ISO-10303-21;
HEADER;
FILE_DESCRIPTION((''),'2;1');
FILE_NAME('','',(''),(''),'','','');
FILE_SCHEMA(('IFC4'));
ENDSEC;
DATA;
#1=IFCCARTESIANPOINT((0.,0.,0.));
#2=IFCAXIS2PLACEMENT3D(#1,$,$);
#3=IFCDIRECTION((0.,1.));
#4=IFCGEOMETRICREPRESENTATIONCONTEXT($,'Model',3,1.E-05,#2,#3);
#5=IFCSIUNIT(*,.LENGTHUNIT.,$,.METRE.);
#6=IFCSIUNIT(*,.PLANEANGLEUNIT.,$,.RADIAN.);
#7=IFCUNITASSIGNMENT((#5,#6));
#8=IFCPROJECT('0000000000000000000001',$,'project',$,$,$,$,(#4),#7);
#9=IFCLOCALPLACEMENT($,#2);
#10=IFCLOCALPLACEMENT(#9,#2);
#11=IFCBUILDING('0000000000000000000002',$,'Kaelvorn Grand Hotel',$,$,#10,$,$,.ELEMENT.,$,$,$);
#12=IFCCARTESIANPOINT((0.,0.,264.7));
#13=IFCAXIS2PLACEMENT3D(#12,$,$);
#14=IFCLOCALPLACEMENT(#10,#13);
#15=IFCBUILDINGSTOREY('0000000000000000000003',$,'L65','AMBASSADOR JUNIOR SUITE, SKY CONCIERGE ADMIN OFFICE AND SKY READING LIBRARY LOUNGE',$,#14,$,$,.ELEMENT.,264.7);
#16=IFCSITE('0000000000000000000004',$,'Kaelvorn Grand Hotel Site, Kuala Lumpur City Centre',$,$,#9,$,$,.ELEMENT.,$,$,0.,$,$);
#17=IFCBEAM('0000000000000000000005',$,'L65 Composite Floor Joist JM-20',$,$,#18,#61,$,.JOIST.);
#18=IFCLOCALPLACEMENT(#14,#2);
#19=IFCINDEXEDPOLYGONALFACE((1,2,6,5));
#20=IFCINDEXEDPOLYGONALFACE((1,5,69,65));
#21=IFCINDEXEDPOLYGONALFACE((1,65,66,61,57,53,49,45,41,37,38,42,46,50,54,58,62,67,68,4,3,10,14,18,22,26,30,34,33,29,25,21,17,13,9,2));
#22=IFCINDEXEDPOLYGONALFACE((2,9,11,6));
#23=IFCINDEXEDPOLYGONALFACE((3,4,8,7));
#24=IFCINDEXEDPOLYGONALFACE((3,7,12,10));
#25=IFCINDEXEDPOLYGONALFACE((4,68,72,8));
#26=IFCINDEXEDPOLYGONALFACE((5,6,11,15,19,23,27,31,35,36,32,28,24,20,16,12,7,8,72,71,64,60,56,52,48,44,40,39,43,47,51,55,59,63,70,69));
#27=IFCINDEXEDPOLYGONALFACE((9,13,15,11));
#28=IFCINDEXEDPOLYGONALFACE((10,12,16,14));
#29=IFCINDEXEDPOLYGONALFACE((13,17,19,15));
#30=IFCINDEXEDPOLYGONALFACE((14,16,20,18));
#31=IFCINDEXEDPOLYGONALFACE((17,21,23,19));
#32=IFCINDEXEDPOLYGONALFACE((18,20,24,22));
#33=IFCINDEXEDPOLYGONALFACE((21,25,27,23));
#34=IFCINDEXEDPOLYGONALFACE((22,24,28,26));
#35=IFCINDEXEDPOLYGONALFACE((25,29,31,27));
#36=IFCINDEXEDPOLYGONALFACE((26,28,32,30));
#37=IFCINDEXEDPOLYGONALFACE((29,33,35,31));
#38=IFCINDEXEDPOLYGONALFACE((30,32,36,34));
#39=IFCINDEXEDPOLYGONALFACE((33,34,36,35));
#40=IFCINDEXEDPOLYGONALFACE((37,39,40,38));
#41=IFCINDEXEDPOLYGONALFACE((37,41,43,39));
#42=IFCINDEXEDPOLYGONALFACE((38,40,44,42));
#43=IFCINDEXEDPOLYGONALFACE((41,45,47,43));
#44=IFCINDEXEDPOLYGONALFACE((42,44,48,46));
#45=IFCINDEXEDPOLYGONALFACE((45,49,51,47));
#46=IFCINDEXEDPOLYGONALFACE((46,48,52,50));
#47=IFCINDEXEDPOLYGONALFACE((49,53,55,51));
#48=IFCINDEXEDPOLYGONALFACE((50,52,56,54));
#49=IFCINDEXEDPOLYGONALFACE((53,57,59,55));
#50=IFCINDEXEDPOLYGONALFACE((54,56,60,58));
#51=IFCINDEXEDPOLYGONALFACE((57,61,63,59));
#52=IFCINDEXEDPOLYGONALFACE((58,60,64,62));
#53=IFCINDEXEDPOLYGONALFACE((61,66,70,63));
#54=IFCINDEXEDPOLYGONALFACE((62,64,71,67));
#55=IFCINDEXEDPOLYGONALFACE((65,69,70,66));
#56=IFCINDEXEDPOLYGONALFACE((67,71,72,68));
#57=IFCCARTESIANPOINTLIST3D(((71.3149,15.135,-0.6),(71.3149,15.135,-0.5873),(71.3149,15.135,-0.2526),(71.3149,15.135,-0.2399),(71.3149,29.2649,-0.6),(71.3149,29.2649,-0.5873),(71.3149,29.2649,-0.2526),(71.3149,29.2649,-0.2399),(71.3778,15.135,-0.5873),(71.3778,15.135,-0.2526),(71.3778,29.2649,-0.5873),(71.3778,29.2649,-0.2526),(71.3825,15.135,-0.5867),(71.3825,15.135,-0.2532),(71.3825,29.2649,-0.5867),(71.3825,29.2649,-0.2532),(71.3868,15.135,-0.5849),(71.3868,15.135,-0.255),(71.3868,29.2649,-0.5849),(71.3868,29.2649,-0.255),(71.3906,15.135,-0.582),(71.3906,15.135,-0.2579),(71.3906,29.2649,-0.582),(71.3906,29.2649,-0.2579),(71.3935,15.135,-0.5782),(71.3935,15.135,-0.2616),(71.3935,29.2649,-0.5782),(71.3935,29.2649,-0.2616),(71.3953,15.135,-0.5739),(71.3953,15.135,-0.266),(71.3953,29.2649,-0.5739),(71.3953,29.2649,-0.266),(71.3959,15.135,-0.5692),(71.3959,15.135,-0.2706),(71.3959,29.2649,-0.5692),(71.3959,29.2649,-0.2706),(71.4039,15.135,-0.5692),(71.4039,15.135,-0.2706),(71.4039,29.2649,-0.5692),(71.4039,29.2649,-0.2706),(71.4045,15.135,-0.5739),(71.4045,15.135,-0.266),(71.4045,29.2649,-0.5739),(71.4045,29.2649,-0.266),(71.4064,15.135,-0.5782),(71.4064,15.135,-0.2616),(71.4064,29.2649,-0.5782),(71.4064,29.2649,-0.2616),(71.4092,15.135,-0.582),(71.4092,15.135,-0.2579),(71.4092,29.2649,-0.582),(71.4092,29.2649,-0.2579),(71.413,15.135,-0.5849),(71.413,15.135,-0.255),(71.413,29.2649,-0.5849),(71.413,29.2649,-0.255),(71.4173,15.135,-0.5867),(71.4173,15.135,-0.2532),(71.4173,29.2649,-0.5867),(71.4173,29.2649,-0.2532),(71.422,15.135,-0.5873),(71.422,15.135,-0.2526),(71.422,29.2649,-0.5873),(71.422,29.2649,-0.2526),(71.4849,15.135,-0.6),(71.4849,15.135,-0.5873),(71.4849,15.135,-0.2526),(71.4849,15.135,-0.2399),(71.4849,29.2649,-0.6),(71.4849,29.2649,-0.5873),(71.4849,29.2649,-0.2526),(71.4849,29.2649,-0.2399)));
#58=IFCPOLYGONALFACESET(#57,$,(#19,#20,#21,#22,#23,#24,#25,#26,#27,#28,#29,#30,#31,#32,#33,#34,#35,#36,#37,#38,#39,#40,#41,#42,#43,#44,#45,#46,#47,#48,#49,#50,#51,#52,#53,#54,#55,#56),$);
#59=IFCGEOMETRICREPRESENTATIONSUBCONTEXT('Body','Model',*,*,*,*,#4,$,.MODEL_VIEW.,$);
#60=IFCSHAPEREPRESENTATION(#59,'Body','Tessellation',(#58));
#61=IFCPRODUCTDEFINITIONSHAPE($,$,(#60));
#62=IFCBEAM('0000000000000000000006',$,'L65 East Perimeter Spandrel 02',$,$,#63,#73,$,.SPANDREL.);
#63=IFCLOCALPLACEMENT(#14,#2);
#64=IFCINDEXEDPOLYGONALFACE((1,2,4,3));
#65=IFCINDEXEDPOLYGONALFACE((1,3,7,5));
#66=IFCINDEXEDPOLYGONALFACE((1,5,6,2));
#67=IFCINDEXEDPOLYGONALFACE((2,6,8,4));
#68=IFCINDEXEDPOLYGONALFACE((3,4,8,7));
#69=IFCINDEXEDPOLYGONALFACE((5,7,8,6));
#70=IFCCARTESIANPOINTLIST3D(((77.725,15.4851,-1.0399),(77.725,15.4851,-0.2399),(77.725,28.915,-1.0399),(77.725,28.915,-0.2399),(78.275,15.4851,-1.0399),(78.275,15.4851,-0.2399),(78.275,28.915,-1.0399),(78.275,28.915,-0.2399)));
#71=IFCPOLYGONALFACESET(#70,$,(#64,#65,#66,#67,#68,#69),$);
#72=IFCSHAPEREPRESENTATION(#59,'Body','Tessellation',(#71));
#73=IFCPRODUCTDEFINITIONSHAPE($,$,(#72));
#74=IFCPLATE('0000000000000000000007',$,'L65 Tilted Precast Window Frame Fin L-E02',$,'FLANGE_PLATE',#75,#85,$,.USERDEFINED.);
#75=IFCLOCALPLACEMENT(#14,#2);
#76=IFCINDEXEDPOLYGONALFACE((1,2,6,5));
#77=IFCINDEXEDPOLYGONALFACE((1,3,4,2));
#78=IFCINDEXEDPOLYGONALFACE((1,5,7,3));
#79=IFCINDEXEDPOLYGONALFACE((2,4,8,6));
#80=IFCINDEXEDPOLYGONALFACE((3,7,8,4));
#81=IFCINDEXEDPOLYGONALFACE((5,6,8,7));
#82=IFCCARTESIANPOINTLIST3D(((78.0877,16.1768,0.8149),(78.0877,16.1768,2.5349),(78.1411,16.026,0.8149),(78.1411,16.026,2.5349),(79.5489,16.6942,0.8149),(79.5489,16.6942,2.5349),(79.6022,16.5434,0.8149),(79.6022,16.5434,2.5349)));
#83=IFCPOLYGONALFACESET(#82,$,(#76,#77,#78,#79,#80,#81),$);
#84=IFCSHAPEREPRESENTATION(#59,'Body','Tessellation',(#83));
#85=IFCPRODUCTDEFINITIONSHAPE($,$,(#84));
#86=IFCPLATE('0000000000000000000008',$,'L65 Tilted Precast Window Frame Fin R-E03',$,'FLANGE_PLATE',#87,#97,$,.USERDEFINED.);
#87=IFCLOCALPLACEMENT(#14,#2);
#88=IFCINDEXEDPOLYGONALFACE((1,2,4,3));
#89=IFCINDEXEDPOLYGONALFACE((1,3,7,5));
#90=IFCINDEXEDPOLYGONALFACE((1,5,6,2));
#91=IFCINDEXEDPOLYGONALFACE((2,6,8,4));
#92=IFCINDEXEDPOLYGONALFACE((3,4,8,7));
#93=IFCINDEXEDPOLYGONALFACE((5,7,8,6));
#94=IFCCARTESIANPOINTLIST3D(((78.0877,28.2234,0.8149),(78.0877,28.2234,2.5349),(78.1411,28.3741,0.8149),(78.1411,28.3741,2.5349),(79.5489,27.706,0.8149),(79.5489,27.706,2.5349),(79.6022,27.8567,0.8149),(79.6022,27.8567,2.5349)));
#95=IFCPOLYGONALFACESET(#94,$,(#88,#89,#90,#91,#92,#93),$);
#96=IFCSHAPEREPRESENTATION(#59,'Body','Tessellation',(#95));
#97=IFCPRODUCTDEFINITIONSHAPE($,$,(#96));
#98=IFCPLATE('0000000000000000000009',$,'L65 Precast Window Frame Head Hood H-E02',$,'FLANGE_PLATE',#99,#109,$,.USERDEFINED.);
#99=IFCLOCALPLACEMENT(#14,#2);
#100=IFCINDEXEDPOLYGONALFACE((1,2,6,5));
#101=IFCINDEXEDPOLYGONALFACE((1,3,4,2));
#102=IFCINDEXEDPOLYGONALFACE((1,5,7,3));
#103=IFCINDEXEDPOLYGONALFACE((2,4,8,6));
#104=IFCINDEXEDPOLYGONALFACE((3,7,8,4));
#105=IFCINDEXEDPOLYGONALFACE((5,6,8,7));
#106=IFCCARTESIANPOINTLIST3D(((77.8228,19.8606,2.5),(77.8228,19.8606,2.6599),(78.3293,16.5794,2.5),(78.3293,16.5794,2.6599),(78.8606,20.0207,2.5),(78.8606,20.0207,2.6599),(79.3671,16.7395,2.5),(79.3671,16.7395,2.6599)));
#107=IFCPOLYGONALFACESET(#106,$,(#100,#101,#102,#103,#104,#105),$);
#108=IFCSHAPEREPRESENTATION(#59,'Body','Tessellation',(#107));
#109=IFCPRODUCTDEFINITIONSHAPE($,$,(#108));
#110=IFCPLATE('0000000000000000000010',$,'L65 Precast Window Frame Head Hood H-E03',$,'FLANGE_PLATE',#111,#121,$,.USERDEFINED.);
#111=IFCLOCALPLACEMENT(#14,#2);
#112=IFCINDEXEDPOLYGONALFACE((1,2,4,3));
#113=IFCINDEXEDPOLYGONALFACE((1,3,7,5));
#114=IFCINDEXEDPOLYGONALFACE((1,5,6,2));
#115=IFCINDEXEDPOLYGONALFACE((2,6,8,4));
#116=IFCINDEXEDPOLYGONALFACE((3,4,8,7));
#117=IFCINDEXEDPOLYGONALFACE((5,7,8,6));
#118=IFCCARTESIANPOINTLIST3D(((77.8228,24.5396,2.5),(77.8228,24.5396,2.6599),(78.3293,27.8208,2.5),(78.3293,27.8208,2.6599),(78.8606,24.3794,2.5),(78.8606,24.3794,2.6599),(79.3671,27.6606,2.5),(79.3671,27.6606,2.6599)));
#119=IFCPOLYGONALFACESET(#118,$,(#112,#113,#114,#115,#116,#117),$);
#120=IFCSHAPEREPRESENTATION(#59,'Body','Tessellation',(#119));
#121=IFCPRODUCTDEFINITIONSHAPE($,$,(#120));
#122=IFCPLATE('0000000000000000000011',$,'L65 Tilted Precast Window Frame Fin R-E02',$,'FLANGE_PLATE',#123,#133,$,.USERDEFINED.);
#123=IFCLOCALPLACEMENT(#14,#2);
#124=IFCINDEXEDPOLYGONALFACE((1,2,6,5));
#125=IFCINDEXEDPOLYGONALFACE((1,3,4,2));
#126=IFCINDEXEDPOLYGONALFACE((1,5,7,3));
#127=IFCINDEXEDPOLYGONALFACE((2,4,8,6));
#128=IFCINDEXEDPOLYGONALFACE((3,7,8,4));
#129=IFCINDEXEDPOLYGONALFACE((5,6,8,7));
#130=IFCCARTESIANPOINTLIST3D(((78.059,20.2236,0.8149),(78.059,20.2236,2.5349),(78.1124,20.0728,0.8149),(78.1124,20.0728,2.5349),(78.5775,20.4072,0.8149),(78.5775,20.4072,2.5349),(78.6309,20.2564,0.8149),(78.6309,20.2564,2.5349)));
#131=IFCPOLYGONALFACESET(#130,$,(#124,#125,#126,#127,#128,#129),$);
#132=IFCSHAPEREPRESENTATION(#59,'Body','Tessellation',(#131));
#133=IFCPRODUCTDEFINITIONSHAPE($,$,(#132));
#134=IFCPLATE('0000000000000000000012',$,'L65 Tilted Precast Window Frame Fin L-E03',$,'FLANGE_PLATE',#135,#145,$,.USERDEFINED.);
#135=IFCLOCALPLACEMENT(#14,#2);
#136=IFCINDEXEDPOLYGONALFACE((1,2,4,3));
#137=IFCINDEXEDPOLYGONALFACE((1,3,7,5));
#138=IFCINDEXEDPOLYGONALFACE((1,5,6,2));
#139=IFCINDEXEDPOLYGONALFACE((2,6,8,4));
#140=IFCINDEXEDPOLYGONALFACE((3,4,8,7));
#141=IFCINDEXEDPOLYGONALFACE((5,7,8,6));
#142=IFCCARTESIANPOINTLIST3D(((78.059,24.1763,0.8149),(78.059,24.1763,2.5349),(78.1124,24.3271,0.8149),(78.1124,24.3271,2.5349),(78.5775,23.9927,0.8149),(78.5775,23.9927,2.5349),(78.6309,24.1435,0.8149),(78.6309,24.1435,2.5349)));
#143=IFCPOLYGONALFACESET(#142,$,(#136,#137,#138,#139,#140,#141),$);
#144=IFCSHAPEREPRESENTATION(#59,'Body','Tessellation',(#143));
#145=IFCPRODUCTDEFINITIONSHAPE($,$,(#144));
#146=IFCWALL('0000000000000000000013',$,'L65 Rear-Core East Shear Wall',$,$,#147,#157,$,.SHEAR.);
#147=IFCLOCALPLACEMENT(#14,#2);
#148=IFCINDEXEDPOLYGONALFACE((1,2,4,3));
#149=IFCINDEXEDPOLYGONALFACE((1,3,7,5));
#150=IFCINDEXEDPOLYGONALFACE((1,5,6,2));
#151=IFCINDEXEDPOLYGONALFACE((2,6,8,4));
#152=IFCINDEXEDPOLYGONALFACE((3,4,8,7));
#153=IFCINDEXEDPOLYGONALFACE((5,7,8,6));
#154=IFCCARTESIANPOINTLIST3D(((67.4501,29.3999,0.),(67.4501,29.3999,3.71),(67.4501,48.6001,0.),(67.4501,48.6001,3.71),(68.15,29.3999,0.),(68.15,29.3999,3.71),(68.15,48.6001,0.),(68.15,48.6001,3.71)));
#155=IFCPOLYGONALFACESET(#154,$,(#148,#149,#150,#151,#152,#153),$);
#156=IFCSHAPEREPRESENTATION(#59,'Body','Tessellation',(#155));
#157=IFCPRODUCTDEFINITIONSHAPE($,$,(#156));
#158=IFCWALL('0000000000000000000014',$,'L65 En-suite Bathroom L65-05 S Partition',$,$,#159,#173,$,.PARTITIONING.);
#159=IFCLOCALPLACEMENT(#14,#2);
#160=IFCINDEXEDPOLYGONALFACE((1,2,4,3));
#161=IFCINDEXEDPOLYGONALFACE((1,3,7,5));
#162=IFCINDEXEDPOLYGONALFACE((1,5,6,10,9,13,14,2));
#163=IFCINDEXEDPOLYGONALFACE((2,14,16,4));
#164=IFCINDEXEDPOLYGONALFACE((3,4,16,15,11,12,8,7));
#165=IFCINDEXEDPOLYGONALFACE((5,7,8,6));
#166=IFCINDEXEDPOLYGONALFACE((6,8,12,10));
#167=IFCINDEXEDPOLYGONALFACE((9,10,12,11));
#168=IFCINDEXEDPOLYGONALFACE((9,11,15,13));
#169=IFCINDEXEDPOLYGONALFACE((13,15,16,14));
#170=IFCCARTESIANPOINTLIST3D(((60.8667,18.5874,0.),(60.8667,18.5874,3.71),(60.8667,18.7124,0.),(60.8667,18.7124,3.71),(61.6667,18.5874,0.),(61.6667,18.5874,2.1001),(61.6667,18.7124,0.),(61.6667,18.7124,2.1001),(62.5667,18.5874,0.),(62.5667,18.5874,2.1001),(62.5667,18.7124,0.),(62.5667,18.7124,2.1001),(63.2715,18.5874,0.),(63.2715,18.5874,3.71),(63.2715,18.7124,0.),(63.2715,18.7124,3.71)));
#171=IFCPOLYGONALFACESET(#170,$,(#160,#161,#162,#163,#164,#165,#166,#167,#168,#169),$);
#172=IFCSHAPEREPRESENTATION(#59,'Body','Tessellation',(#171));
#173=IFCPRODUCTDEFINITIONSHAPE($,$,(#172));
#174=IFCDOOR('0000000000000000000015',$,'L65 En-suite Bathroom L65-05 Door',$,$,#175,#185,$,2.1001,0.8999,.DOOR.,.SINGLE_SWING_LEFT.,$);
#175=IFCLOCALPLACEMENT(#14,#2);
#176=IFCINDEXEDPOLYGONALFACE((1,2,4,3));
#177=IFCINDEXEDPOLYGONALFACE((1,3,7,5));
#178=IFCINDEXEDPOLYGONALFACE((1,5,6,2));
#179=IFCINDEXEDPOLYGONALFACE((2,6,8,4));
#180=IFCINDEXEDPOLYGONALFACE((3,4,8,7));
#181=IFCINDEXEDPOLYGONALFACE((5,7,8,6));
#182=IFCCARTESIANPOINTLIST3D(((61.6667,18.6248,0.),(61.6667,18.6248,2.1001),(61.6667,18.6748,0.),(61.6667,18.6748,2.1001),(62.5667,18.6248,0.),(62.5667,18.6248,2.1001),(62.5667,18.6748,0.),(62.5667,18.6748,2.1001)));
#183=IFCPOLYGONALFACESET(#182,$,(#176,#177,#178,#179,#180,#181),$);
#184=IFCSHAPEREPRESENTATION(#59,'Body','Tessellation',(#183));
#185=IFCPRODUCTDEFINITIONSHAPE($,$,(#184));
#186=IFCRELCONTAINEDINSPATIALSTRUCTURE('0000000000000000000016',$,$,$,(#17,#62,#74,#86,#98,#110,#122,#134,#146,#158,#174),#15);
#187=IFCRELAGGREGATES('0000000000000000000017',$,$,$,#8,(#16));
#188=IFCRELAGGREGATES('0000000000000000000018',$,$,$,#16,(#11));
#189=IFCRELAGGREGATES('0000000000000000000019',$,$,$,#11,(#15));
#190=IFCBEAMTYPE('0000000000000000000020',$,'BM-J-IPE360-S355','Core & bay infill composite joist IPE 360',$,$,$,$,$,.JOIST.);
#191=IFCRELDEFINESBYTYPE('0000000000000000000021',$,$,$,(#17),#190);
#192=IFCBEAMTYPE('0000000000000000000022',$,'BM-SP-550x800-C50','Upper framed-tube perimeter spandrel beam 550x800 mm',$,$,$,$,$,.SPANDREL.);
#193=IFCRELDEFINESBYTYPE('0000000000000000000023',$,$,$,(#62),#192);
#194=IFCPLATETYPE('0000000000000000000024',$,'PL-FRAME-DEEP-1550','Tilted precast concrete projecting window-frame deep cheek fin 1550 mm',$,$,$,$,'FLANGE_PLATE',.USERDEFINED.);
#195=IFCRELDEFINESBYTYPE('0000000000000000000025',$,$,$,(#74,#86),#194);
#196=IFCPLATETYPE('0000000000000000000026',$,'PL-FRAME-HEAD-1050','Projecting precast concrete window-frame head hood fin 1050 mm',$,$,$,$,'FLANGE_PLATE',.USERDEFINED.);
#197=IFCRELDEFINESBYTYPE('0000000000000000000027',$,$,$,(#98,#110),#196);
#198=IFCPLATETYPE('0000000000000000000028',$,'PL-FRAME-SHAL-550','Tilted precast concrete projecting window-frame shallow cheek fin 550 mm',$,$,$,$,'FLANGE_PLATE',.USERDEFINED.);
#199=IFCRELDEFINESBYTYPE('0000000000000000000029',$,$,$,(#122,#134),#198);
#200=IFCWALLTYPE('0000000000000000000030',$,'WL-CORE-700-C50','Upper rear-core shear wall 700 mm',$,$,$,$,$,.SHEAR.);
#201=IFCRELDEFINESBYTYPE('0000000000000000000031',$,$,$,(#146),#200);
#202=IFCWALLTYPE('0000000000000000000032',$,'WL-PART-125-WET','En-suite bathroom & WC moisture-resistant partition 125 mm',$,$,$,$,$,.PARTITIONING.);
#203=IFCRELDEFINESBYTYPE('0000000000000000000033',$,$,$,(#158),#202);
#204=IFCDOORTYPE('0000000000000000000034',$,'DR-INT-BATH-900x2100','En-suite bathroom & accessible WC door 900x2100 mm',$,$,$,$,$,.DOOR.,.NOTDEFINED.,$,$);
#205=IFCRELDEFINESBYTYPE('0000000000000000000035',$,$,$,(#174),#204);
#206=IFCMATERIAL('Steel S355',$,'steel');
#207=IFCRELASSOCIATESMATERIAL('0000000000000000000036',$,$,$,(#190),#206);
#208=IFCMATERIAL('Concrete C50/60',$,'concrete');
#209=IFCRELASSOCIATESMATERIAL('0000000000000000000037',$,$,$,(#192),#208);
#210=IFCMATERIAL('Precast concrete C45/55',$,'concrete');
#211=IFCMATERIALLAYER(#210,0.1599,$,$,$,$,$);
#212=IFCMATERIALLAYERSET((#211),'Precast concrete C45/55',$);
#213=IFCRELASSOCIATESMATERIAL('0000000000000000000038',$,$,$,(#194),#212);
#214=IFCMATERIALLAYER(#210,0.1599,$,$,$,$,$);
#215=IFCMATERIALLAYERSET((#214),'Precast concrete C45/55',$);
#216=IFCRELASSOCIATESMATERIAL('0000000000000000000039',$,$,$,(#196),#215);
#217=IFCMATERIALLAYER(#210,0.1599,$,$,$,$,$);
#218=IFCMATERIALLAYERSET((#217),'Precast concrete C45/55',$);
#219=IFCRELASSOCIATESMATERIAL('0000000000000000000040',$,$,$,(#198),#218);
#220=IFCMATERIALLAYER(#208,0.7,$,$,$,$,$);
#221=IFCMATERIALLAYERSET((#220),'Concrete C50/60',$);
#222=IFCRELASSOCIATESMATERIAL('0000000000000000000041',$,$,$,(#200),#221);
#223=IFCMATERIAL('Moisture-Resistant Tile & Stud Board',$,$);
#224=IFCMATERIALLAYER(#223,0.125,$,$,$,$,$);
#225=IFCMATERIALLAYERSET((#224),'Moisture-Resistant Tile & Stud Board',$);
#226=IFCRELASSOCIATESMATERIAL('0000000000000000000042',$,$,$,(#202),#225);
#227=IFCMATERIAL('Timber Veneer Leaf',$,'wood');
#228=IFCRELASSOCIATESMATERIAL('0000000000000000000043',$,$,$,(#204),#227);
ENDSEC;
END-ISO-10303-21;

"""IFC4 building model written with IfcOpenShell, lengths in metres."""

from ifc_helpers import new_model, si_unit, direction, frame, frame_2d, origin, origin_2d, place, context, subcontext, project, spatial, rectangle, i_section, extrude, material, layer, layer_set, material_profile, profile_set, type_object, element, fill, save


model = new_model("IFC4")

# Units and contexts
model_context = context("Model", 3, precision=1e-05, world=origin(), true_north=direction((0.0, 1.0)))
body_context = subcontext(model_context, "Body", "Model", "MODEL_VIEW")
ifc_project = project(units=[si_unit("LENGTHUNIT", "METRE"), si_unit("PLANEANGLEUNIT", "RADIAN")], contexts=[model_context])

# Site, building, storey
site_placement = place(None, origin())
site = spatial("IfcSite", under=ifc_project, at=site_placement, Name="Kaelvorn Grand Hotel Site, Kuala Lumpur City Centre", CompositionType="ELEMENT", RefElevation=0.0)
building_placement = place(site_placement, origin())
building = spatial("IfcBuilding", under=site, at=building_placement, Name="Kaelvorn Grand Hotel", CompositionType="ELEMENT")
storey_placement = place(building_placement, frame((0.0, 0.0, 264.7)))
storey = spatial("IfcBuildingStorey", under=building, at=storey_placement, Name="L65", Description="AMBASSADOR JUNIOR SUITE, SKY CONCIERGE ADMIN OFFICE AND SKY READING LIBRARY LOUNGE", CompositionType="ELEMENT", Elevation=264.7)

# Shared definitions
ifc_material_1 = material(Name="Concrete C50/60", Category="concrete")

# Beams
ifc_material_2 = material(Name="Steel S355", Category="steel")
ifc_material_profile_1 = material_profile(ifc_material_2, i_section(OverallWidth=0.1699, OverallDepth=0.3601, WebThickness=0.0081, FlangeThickness=0.0127, FilletRadius=0.0181, at=origin_2d()), Name="IPE 360")
ifc_profile_set_1 = profile_set([ifc_material_profile_1], Name="Steel S355")
beam_type_1 = type_object("IfcBeamType", Name="BM-J-IPE360-S355", Description="Core & bay infill composite joist IPE 360", PredefinedType="JOIST", material=ifc_profile_set_1)
beam_1_placement = place(storey_placement, frame((71.3999, 15.135, -0.4199), z_axis=(0.0, 1.0, 0.0), x_axis=(-1.0, 0.0, 0.0)))
element("IfcBeam", 1, at=beam_1_placement, inside=storey, type_object=beam_type_1, Name="L65 Composite Floor Joist JM-20", PredefinedType="JOIST", context=body_context, shape_type="SweptSolid", body=[
    extrude(i_section(OverallWidth=0.1699, OverallDepth=0.3601, WebThickness=0.0081, FlangeThickness=0.0127, FilletRadius=0.0181, at=origin_2d()), origin(), (0.0, 0.0, 1.0), 14.1299),
])
ifc_material_profile_2 = material_profile(ifc_material_1, rectangle(XDim=0.55, YDim=0.8, at=origin_2d()), Name="RC SPANDREL 550x800")
ifc_profile_set_2 = profile_set([ifc_material_profile_2], Name="Concrete C50/60")
beam_type_2 = type_object("IfcBeamType", Name="BM-SP-550x800-C50", Description="Upper framed-tube perimeter spandrel beam 550x800 mm", PredefinedType="SPANDREL", material=ifc_profile_set_2)
beam_2_placement = place(storey_placement, frame((78.0, 15.4851, -0.6399), z_axis=(0.0, 1.0, 0.0), x_axis=(-1.0, 0.0, 0.0)))
element("IfcBeam", 2, at=beam_2_placement, inside=storey, type_object=beam_type_2, Name="L65 East Perimeter Spandrel 02", PredefinedType="SPANDREL", context=body_context, shape_type="SweptSolid", body=[
    extrude(rectangle(XDim=0.55, YDim=0.8, at=origin_2d()), origin(), (0.0, 0.0, 1.0), 13.4299),
])

# Plates
ifc_material_3 = material(Name="Precast concrete C45/55", Category="concrete")
ifc_layer_1 = layer(ifc_material_3, 0.1599)
ifc_layer_set_1 = layer_set([ifc_layer_1], Name="Precast concrete C45/55")
plate_type_1 = type_object("IfcPlateType", Name="PL-FRAME-DEEP-1550", Description="Tilted precast concrete projecting window-frame deep cheek fin 1550 mm", ElementType="FLANGE_PLATE", PredefinedType="USERDEFINED", material=ifc_layer_set_1)
for number, where, z_axis, x_axis, name in (
    (3, (78.845, 16.3601, 0.8149), (0.0, 0.0, 1.0), (-0.333807, 0.942641, 0.0), "L65 Tilted Precast Window Frame Fin L-E02"),
    (4, (78.845, 28.04, 0.8149), (0.0, 0.0, 1.0), (0.333807, 0.942641, 0.0), "L65 Tilted Precast Window Frame Fin R-E03"),
):
    element("IfcPlate", number, at=place(storey_placement, frame(where, z_axis=z_axis, x_axis=x_axis)), inside=storey, type_object=plate_type_1, Name=name, ObjectType="FLANGE_PLATE", PredefinedType="USERDEFINED", context=body_context, shape_type="SweptSolid", body=[
        extrude(rectangle(XDim=0.1599, YDim=1.55, at=origin_2d()), origin(), (0.0, 0.0, 1.0), 1.72),
    ])
ifc_layer_2 = layer(ifc_material_3, 0.1599)
ifc_layer_set_2 = layer_set([ifc_layer_2], Name="Precast concrete C45/55")
plate_type_2 = type_object("IfcPlateType", Name="PL-FRAME-HEAD-1050", Description="Projecting precast concrete window-frame head hood fin 1050 mm", ElementType="FLANGE_PLATE", PredefinedType="USERDEFINED", material=ifc_layer_set_2)
for number, where, z_axis, x_axis, name in (
    (5, (78.595, 18.3, 2.5), (0.0, 0.0, 1.0), (-0.152555, 0.988295, 0.0), "L65 Precast Window Frame Head Hood H-E02"),
    (6, (78.595, 26.1001, 2.5), (0.0, 0.0, 1.0), (0.152555, 0.988295, 0.0), "L65 Precast Window Frame Head Hood H-E03"),
):
    element("IfcPlate", number, at=place(storey_placement, frame(where, z_axis=z_axis, x_axis=x_axis)), inside=storey, type_object=plate_type_2, Name=name, ObjectType="FLANGE_PLATE", PredefinedType="USERDEFINED", context=body_context, shape_type="SweptSolid", body=[
        extrude(rectangle(XDim=3.3201, YDim=1.05, at=origin_2d()), origin(), (0.0, 0.0, 1.0), 0.1599),
    ])
ifc_layer_3 = layer(ifc_material_3, 0.1599)
ifc_layer_set_3 = layer_set([ifc_layer_3], Name="Precast concrete C45/55")
plate_type_3 = type_object("IfcPlateType", Name="PL-FRAME-SHAL-550", Description="Tilted precast concrete projecting window-frame shallow cheek fin 550 mm", ElementType="FLANGE_PLATE", PredefinedType="USERDEFINED", material=ifc_layer_set_3)
for number, where, z_axis, x_axis, name in (
    (7, (78.345, 20.24, 0.8149), (0.0, 0.0, 1.0), (-0.333807, 0.942641, 0.0), "L65 Tilted Precast Window Frame Fin R-E02"),
    (8, (78.345, 24.1599, 0.8149), (0.0, 0.0, 1.0), (0.333807, 0.942641, 0.0), "L65 Tilted Precast Window Frame Fin L-E03"),
):
    element("IfcPlate", number, at=place(storey_placement, frame(where, z_axis=z_axis, x_axis=x_axis)), inside=storey, type_object=plate_type_3, Name=name, ObjectType="FLANGE_PLATE", PredefinedType="USERDEFINED", context=body_context, shape_type="SweptSolid", body=[
        extrude(rectangle(XDim=0.1599, YDim=0.55, at=origin_2d()), origin(), (0.0, 0.0, 1.0), 1.72),
    ])

# Wall
ifc_layer_4 = layer(ifc_material_1, 0.7)
ifc_layer_set_4 = layer_set([ifc_layer_4], Name="Concrete C50/60")
wall_type_1 = type_object("IfcWallType", Name="WL-CORE-700-C50", Description="Upper rear-core shear wall 700 mm", PredefinedType="SHEAR", material=ifc_layer_set_4)
wall_1_placement = place(storey_placement, frame((67.8, 29.3999, 0.0), z_axis=(0.0, 0.0, 1.0), x_axis=(0.0, 1.0, 0.0)))
element("IfcWall", 9, at=wall_1_placement, inside=storey, type_object=wall_type_1, Name="L65 Rear-Core East Shear Wall", PredefinedType="SHEAR", context=body_context, shape_type="SweptSolid", body=[
    extrude(rectangle(XDim=19.2002, YDim=0.7, at=frame_2d((9.6001, 0.0))), origin(), (0.0, 0.0, 1.0), 3.71),
])

# Wall, opening, door
ifc_material_4 = material(Name="Moisture-Resistant Tile & Stud Board")
ifc_layer_5 = layer(ifc_material_4, 0.125)
ifc_layer_set_5 = layer_set([ifc_layer_5], Name="Moisture-Resistant Tile & Stud Board")
wall_type_2 = type_object("IfcWallType", Name="WL-PART-125-WET", Description="En-suite bathroom & WC moisture-resistant partition 125 mm", PredefinedType="PARTITIONING", material=ifc_layer_set_5)
wall_2_placement = place(storey_placement, frame((60.8667, 18.6499, 0.0), z_axis=(0.0, 0.0, 1.0), x_axis=(1.0, 0.0, 0.0)))
wall_2 = element("IfcWall", 10, at=wall_2_placement, inside=storey, type_object=wall_type_2, Name="L65 En-suite Bathroom L65-05 S Partition", PredefinedType="PARTITIONING", context=body_context, shape_type="SweptSolid", body=[
    extrude(rectangle(XDim=2.4048, YDim=0.125, at=frame_2d((1.2024, 0.0))), origin(), (0.0, 0.0, 1.0), 3.71),
])
opening_1_placement = place(wall_2_placement, frame((0.8, 0.0, 0.0)))
opening_1 = element("IfcOpeningElement", 11, at=opening_1_placement, cuts=wall_2, PredefinedType="OPENING", context=body_context, shape_type="SweptSolid", body=[
    extrude(rectangle(XDim=0.8999, YDim=2.1001, at=frame_2d((0.45, 1.05))), frame((0.0, 0.0725, 0.0), z_axis=(0.0, -1.0, 0.0), x_axis=(1.0, 0.0, 0.0)), (0.0, 0.0, 1.0), 0.145),
])
ifc_material_5 = material(Name="Timber Veneer Leaf", Category="wood")
door_type_1 = type_object("IfcDoorType", Name="DR-INT-BATH-900x2100", Description="En-suite bathroom & accessible WC door 900x2100 mm", OperationType="NOTDEFINED", PredefinedType="DOOR", material=ifc_material_5)
door_1_placement = place(opening_1_placement, origin())
door_1 = element("IfcDoor", 12, at=door_1_placement, inside=storey, type_object=door_type_1, Name="L65 En-suite Bathroom L65-05 Door", OperationType="SINGLE_SWING_LEFT", OverallHeight=2.1001, OverallWidth=0.8999, PredefinedType="DOOR", context=body_context, shape_type="SweptSolid", body=[
    extrude(rectangle(XDim=0.8999, YDim=2.1001, at=frame_2d((0.45, 1.05))), frame((0.0, 0.0249, 0.0), z_axis=(0.0, -1.0, 0.0), x_axis=(1.0, 0.0, 0.0)), (0.0, 0.0, 1.0), 0.05),
])
fill(opening_1, door_1)

save(model, "model.ifc")
